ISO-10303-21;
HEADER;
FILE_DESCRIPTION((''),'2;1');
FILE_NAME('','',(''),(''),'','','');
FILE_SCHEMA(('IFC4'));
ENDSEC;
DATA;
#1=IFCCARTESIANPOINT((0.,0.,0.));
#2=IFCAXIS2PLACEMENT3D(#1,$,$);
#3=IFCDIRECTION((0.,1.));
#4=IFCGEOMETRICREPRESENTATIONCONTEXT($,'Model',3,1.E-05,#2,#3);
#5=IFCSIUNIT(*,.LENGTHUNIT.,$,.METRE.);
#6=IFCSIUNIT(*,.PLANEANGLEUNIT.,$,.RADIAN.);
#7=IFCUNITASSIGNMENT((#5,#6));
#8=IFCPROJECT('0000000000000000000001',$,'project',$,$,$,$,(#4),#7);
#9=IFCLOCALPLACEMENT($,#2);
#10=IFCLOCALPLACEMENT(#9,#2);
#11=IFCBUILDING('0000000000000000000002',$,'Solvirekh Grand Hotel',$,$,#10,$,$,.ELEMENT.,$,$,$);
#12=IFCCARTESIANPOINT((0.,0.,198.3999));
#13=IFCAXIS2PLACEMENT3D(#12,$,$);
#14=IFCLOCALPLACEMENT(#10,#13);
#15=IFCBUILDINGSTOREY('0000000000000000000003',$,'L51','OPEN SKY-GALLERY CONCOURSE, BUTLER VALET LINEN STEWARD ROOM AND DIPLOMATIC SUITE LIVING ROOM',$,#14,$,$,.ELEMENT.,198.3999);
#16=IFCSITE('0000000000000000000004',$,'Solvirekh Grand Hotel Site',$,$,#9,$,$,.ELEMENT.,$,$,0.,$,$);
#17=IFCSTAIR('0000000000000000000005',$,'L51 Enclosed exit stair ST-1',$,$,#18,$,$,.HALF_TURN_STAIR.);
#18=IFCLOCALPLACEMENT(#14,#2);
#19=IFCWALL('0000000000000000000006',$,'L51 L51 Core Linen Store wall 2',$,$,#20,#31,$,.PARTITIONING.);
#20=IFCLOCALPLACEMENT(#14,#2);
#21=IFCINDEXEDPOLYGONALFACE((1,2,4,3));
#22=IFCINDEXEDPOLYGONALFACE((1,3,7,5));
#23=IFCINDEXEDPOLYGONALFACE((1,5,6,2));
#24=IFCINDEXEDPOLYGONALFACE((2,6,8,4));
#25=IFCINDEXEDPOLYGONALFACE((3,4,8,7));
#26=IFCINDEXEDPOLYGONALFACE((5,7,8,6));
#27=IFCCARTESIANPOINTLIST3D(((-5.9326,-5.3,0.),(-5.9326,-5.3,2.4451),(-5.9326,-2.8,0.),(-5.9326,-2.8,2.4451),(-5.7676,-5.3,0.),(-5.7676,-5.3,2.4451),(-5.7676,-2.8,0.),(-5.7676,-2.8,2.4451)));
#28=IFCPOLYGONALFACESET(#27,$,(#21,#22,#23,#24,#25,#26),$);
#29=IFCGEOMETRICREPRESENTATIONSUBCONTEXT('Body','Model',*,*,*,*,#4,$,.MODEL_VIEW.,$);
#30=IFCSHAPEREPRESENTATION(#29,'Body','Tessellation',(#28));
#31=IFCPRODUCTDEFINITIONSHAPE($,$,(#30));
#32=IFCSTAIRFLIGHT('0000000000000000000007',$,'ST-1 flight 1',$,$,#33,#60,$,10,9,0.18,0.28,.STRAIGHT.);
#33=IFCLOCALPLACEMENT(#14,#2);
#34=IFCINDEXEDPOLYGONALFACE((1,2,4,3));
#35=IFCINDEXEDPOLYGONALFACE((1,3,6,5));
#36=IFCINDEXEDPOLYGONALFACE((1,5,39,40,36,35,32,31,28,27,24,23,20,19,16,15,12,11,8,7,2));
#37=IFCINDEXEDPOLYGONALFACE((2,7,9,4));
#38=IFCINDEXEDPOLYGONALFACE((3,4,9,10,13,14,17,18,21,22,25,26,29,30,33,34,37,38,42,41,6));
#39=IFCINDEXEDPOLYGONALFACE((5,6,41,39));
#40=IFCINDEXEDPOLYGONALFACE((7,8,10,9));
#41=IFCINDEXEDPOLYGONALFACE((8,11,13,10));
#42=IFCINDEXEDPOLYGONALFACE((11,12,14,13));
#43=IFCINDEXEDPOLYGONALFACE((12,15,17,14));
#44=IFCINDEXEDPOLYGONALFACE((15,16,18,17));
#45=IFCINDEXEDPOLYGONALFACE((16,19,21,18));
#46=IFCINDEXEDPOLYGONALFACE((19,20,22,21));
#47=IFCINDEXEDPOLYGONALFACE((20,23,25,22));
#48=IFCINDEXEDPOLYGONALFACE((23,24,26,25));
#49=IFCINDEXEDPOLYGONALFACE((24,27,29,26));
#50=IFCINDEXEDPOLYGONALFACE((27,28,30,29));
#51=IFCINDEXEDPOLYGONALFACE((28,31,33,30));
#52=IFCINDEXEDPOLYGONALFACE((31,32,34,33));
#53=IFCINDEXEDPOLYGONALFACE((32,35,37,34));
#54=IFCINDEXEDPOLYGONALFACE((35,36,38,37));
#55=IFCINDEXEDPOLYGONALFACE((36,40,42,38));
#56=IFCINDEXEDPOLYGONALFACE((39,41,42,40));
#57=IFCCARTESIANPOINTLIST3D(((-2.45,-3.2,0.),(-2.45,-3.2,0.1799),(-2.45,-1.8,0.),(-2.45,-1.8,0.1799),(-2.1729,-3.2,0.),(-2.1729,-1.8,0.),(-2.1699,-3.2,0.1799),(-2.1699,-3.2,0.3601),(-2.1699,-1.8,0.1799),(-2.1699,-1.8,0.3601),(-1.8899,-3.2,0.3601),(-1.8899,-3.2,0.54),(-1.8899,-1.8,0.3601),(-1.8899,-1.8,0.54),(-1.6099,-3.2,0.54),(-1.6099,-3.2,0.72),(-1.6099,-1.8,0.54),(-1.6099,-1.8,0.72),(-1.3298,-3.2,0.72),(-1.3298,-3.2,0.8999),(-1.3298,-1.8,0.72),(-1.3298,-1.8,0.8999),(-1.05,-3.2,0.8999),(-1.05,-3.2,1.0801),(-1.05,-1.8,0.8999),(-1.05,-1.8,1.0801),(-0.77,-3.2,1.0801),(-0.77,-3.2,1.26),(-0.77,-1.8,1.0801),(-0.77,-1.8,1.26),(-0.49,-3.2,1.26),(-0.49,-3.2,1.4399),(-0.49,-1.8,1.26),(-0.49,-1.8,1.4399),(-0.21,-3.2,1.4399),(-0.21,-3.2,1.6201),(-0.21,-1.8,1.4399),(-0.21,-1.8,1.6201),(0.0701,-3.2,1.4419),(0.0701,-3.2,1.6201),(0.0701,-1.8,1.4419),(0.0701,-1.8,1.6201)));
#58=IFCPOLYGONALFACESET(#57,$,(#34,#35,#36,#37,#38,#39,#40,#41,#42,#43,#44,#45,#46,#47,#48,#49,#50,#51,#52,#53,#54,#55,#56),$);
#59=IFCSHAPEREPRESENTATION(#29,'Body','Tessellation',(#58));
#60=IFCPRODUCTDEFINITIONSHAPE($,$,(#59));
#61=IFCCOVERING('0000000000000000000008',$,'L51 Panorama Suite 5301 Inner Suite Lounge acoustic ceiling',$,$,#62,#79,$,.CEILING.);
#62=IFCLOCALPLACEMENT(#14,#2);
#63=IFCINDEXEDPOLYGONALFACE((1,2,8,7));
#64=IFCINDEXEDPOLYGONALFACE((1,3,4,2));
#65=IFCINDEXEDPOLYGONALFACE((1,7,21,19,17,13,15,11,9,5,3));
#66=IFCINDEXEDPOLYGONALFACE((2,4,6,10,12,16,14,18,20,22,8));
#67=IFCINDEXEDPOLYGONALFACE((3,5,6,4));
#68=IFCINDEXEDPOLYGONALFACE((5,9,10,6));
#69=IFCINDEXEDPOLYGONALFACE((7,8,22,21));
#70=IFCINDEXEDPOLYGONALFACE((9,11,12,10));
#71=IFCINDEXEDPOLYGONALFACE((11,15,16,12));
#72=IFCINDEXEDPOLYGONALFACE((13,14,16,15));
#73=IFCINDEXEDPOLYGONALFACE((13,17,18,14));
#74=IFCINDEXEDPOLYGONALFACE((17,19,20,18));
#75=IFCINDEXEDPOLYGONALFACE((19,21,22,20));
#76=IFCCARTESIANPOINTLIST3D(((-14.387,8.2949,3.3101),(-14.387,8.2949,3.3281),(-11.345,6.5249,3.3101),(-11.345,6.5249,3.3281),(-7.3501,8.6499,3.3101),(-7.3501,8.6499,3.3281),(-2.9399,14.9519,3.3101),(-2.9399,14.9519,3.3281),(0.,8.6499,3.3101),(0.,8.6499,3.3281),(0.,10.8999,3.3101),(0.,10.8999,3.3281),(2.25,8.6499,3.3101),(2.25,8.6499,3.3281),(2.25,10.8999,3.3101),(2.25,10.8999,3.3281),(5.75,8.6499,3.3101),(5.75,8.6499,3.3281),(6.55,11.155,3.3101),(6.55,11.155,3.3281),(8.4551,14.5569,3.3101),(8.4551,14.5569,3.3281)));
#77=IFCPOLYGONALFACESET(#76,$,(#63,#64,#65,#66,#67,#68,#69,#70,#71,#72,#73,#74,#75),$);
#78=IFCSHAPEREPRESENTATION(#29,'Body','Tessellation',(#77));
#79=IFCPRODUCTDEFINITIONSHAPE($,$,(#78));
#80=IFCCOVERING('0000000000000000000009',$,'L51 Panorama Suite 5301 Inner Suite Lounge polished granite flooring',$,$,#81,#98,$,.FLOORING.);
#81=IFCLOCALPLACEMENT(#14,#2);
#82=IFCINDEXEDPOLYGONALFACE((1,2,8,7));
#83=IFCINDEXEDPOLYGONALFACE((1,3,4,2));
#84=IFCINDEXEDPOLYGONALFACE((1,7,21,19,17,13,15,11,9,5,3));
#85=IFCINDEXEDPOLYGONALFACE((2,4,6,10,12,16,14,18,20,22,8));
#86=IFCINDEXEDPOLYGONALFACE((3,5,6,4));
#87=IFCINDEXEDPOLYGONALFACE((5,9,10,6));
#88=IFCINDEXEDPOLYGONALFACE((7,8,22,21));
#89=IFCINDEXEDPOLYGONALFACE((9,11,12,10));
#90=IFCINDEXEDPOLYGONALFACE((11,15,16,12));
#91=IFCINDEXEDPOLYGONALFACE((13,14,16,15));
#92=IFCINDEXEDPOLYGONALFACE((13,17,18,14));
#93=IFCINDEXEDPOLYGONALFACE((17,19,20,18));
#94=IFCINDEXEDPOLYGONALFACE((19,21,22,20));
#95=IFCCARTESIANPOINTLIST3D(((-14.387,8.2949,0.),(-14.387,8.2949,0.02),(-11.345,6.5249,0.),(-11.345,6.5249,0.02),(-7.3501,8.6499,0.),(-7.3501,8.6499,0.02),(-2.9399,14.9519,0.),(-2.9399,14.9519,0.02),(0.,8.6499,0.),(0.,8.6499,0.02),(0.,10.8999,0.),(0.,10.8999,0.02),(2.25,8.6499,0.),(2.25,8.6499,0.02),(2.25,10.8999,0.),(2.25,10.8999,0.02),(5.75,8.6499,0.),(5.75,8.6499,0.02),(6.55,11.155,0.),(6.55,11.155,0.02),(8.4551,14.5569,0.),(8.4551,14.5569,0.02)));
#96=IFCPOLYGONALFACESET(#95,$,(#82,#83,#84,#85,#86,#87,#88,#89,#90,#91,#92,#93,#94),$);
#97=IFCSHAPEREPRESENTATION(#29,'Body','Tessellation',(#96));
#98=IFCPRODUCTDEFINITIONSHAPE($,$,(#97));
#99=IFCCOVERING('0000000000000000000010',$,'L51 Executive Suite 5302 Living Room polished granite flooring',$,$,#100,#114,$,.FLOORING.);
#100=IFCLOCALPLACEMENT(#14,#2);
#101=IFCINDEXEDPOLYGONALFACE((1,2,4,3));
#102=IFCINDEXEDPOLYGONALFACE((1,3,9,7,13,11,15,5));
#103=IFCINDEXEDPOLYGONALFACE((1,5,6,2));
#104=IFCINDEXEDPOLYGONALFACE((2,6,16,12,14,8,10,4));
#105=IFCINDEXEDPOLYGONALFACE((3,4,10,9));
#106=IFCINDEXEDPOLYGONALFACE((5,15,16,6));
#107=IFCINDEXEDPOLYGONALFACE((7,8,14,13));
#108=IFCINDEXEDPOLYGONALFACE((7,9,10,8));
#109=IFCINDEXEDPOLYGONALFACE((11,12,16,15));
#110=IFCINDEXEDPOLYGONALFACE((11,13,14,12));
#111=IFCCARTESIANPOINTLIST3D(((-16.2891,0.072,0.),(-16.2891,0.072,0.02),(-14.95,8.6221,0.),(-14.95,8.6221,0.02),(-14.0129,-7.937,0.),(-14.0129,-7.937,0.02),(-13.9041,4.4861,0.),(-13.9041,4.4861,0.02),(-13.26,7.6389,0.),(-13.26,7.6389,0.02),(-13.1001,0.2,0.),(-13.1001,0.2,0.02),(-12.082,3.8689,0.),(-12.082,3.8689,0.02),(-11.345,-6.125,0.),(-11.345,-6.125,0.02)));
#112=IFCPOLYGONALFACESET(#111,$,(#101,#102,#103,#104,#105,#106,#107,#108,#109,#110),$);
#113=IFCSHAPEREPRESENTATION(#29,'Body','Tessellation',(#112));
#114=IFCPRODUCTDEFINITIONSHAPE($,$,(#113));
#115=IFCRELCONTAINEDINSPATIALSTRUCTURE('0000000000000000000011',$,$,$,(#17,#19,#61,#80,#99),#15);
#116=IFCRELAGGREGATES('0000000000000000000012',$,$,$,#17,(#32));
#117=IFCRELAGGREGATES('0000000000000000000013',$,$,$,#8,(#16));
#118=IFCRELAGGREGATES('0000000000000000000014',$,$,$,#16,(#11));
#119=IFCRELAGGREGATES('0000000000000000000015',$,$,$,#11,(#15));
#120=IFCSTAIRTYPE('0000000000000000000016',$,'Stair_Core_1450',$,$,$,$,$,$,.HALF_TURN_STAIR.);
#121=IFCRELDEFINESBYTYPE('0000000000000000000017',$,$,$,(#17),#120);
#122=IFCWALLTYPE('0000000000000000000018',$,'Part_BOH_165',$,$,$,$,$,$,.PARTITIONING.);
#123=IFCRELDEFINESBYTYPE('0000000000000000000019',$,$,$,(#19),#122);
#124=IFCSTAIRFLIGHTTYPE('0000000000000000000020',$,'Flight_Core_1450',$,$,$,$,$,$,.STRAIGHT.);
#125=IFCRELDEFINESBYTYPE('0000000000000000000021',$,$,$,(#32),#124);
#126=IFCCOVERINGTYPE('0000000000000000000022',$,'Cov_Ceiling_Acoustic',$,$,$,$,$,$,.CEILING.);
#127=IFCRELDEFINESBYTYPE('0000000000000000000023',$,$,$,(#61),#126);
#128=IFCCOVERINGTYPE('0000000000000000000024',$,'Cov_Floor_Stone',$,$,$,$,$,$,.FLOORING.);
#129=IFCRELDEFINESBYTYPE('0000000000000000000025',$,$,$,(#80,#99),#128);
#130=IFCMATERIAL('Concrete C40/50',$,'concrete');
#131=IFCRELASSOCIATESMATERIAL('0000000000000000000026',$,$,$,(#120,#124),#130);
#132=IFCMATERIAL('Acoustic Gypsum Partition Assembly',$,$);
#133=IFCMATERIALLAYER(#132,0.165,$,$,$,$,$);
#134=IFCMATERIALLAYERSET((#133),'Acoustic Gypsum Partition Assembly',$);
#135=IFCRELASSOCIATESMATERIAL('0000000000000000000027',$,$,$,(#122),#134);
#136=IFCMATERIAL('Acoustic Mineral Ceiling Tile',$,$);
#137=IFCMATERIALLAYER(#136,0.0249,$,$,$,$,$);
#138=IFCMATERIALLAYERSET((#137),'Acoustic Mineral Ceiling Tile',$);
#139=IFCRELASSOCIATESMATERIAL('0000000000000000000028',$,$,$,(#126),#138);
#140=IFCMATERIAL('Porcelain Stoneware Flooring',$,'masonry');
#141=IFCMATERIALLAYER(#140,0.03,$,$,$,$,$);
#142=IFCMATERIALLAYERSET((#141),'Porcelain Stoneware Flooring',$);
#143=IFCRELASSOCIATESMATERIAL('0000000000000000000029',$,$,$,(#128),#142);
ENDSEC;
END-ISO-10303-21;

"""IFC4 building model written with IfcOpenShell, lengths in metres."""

from ifc_helpers import new_model, si_unit, direction, frame, frame_2d, origin, place, context, subcontext, project, spatial, polyline, rectangle, outline, extrude, material, layer, layer_set, type_object, element, aggregate, save


model = new_model("IFC4")

# Units and contexts
model_context = context("Model", 3, precision=1e-05, world=origin(), true_north=direction((0.0, 1.0)))
body_context = subcontext(model_context, "Body", "Model", "MODEL_VIEW")
ifc_project = project(units=[si_unit("LENGTHUNIT", "METRE"), si_unit("PLANEANGLEUNIT", "RADIAN")], contexts=[model_context])

# Site, building, storey
site_placement = place(None, origin())
site = spatial("IfcSite", under=ifc_project, at=site_placement, Name="Solvirekh Grand Hotel Site", CompositionType="ELEMENT", RefElevation=0.0)
building_placement = place(site_placement, origin())
building = spatial("IfcBuilding", under=site, at=building_placement, Name="Solvirekh Grand Hotel", CompositionType="ELEMENT")
storey_placement = place(building_placement, frame((0.0, 0.0, 198.3999)))
storey = spatial("IfcBuildingStorey", under=building, at=storey_placement, Name="L51", Description="OPEN SKY-GALLERY CONCOURSE, BUTLER VALET LINEN STEWARD ROOM AND DIPLOMATIC SUITE LIVING ROOM", CompositionType="ELEMENT", Elevation=198.3999)

# Stair
ifc_material_1 = material(Name="Concrete C40/50", Category="concrete")
stair_type = type_object("IfcStairType", Name="Stair_Core_1450", PredefinedType="HALF_TURN_STAIR", material=ifc_material_1)
stair_1_placement = place(storey_placement, origin())
stair_1 = element("IfcStair", 1, at=stair_1_placement, inside=storey, type_object=stair_type, Name="L51 Enclosed exit stair ST-1", PredefinedType="HALF_TURN_STAIR")

# Wall
ifc_material_2 = material(Name="Acoustic Gypsum Partition Assembly")
ifc_layer_1 = layer(ifc_material_2, 0.165)
ifc_layer_set_1 = layer_set([ifc_layer_1], Name="Acoustic Gypsum Partition Assembly")
wall_type_1 = type_object("IfcWallType", Name="Part_BOH_165", PredefinedType="PARTITIONING", material=ifc_layer_set_1)
wall_1_placement = place(storey_placement, frame((-5.8501, -5.3, 0.0), z_axis=(0.0, 0.0, 1.0), x_axis=(0.0, 1.0, 0.0)))
element("IfcWall", 2, at=wall_1_placement, inside=storey, type_object=wall_type_1, Name="L51 L51 Core Linen Store wall 2", PredefinedType="PARTITIONING", context=body_context, shape_type="SweptSolid", body=[
    extrude(rectangle(XDim=2.5, YDim=0.165, at=frame_2d((1.25, 0.0))), origin(), (0.0, 0.0, 1.0), 2.4451),
])

# Stair flight
stair_flight_type = type_object("IfcStairFlightType", Name="Flight_Core_1450", PredefinedType="STRAIGHT", material=ifc_material_1)
stair_flight_placement = place(storey_placement, frame((-2.45, -2.5, 0.0), z_axis=(0.0, 0.0, 1.0), x_axis=(1.0, 0.0, 0.0)))
stair_flight = element("IfcStairFlight", 3, at=stair_flight_placement, type_object=stair_flight_type, Name="ST-1 flight 1", NumberOfRisers=10, NumberOfTreads=9, PredefinedType="STRAIGHT", RiserHeight=0.18, TreadLength=0.28, context=body_context, shape_type="SweptSolid", body=[
    extrude(outline(polyline([(0.0, 0.0), (0.0, 0.1799), (0.28, 0.1799), (0.28, 0.3601), (0.5601, 0.3601), (0.5601, 0.54), (0.8401, 0.54), (0.8401, 0.72), (1.1201, 0.72), (1.1201, 0.8999), (1.3999, 0.8999), (1.3999, 1.0801), (1.6799, 1.0801), (1.6799, 1.26), (1.96, 1.26), (1.96, 1.4399), (2.24, 1.4399), (2.24, 1.6201), (2.52, 1.6201), (2.52, 1.8), (2.52, 1.4419), (0.2771, 0.0), (0.0, 0.0)])), frame((0.0, 0.7, 0.0), z_axis=(0.0, -1.0, 0.0), x_axis=(1.0, 0.0, 0.0)), (0.0, 0.0, 1.0), 1.3999),
])
aggregate(stair_1, [stair_flight])

# Coverings
ifc_material_3 = material(Name="Acoustic Mineral Ceiling Tile")
ifc_layer_2 = layer(ifc_material_3, 0.0249)
ifc_layer_set_2 = layer_set([ifc_layer_2], Name="Acoustic Mineral Ceiling Tile")
covering_type_1 = type_object("IfcCoveringType", Name="Cov_Ceiling_Acoustic", PredefinedType="CEILING", material=ifc_layer_set_2)
covering_1_placement = place(storey_placement, frame((0.0, 0.0, 3.3101)))
element("IfcCovering", 4, at=covering_1_placement, inside=storey, type_object=covering_type_1, Name="L51 Panorama Suite 5301 Inner Suite Lounge acoustic ceiling", PredefinedType="CEILING", context=body_context, shape_type="SweptSolid", body=[
    extrude(outline(polyline([(0.0, 8.6499), (0.0, 10.8999), (2.25, 10.8999), (2.25, 8.6499), (5.75, 8.6499), (6.55, 11.155), (8.4551, 14.5569), (-2.9399, 14.9519), (-14.387, 8.2949), (-11.345, 6.5249), (-7.3501, 8.6499), (0.0, 8.6499)])), origin(), (0.0, 0.0, 1.0), 0.0181),
])
ifc_material_4 = material(Name="Porcelain Stoneware Flooring", Category="masonry")
ifc_layer_3 = layer(ifc_material_4, 0.03)
ifc_layer_set_3 = layer_set([ifc_layer_3], Name="Porcelain Stoneware Flooring")
covering_type_2 = type_object("IfcCoveringType", Name="Cov_Floor_Stone", PredefinedType="FLOORING", material=ifc_layer_set_3)
covering_2_placement = place(storey_placement, origin())
element("IfcCovering", 5, at=covering_2_placement, inside=storey, type_object=covering_type_2, Name="L51 Panorama Suite 5301 Inner Suite Lounge polished granite flooring", PredefinedType="FLOORING", context=body_context, shape_type="SweptSolid", body=[
    extrude(outline(polyline([(0.0, 8.6499), (0.0, 10.8999), (2.25, 10.8999), (2.25, 8.6499), (5.75, 8.6499), (6.55, 11.155), (8.4551, 14.5569), (-2.9399, 14.9519), (-14.387, 8.2949), (-11.345, 6.5249), (-7.3501, 8.6499), (0.0, 8.6499)])), origin(), (0.0, 0.0, 1.0), 0.02),
])
covering_3_placement = place(storey_placement, origin())
element("IfcCovering", 6, at=covering_3_placement, inside=storey, type_object=covering_type_2, Name="L51 Executive Suite 5302 Living Room polished granite flooring", PredefinedType="FLOORING", context=body_context, shape_type="SweptSolid", body=[
    extrude(outline(polyline([(-13.9041, 4.4861), (-13.26, 7.6389), (-14.95, 8.6221), (-16.2891, 0.072), (-14.0129, -7.937), (-11.345, -6.125), (-13.1001, 0.2), (-12.082, 3.8689), (-13.9041, 4.4861)])), origin(), (0.0, 0.0, 1.0), 0.02),
])

save(model, "model.ifc")
